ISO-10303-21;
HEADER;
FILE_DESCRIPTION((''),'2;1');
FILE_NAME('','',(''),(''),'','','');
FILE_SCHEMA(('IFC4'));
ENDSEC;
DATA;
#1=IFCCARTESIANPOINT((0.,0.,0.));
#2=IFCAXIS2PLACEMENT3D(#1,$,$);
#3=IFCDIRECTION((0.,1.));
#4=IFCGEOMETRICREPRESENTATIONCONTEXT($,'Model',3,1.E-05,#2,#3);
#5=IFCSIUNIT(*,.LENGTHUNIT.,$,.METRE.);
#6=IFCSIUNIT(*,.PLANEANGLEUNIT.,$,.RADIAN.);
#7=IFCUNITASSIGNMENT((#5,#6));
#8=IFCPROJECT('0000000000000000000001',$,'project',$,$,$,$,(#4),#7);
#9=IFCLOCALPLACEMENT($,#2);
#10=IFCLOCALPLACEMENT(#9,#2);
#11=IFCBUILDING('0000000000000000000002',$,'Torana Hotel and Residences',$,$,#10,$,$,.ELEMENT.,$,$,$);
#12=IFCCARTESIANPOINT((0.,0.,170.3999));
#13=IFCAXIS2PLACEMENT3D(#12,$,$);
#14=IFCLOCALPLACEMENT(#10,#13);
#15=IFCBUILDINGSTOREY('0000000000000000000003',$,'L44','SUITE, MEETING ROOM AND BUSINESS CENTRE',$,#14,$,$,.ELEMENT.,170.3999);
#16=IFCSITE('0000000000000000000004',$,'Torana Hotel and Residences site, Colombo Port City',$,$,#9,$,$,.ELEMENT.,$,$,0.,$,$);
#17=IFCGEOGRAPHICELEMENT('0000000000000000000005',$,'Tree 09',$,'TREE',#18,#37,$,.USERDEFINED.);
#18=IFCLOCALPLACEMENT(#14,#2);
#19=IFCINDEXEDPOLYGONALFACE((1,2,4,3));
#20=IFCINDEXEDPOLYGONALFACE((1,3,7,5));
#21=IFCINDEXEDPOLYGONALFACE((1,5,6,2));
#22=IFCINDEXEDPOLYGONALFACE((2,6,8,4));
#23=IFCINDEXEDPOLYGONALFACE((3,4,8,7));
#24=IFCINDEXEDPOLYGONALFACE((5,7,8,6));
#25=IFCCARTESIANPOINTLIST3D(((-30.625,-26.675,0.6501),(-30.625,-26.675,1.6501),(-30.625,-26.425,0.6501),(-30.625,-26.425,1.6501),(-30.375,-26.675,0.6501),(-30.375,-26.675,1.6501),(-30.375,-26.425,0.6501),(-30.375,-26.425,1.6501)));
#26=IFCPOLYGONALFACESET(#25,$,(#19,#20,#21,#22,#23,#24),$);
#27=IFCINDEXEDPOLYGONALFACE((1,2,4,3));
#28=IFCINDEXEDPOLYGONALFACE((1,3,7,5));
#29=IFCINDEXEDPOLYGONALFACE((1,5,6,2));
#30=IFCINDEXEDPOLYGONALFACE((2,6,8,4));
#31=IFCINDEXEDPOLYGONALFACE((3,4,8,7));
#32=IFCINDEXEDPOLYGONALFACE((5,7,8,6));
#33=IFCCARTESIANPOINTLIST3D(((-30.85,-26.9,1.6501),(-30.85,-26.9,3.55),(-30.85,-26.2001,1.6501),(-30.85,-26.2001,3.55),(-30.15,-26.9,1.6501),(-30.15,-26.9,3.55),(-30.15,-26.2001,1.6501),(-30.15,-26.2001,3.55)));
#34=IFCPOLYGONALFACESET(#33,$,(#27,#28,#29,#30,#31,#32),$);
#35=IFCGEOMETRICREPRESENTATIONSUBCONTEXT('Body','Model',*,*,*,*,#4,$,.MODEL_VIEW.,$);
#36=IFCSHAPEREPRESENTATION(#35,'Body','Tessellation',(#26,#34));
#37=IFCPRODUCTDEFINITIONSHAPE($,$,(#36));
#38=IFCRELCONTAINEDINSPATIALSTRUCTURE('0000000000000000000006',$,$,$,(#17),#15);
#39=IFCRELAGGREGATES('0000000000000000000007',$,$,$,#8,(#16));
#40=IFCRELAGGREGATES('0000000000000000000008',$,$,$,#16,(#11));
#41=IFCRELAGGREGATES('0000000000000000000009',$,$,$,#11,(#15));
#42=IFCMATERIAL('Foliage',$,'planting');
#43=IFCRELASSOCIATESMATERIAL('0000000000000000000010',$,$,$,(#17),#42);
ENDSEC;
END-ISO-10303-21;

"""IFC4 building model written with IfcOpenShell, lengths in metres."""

from ifc_helpers import new_model, si_unit, direction, frame, origin, origin_2d, place, context, subcontext, project, spatial, rectangle, extrude, material, element, save


model = new_model("IFC4")

# Units and contexts
model_context = context("Model", 3, precision=1e-05, world=origin(), true_north=direction((0.0, 1.0)))
body_context = subcontext(model_context, "Body", "Model", "MODEL_VIEW")
ifc_project = project(units=[si_unit("LENGTHUNIT", "METRE"), si_unit("PLANEANGLEUNIT", "RADIAN")], contexts=[model_context])

# Site, building, storey
site_placement = place(None, origin())
site = spatial("IfcSite", under=ifc_project, at=site_placement, Name="Torana Hotel and Residences site, Colombo Port City", CompositionType="ELEMENT", RefElevation=0.0)
building_placement = place(site_placement, origin())
building = spatial("IfcBuilding", under=site, at=building_placement, Name="Torana Hotel and Residences", CompositionType="ELEMENT")
storey_placement = place(building_placement, frame((0.0, 0.0, 170.3999)))
storey = spatial("IfcBuildingStorey", under=building, at=storey_placement, Name="L44", Description="SUITE, MEETING ROOM AND BUSINESS CENTRE", CompositionType="ELEMENT", Elevation=170.3999)

# Geographic element
ifc_material_1 = material(Name="Foliage", Category="planting")
geographic_element_placement = place(storey_placement, frame((-30.5, -26.55, 0.6501), z_axis=(0.0, 0.0, 1.0), x_axis=(1.0, 0.0, 0.0)))
element("IfcGeographicElement", 1, at=geographic_element_placement, inside=storey, material=ifc_material_1, Name="Tree 09", ObjectType="TREE", PredefinedType="USERDEFINED", context=body_context, shape_type="SweptSolid", body=[
    extrude(rectangle(XDim=0.25, YDim=0.25, at=origin_2d()), origin(), (0.0, 0.0, 1.0), 1.0),
    extrude(rectangle(XDim=0.7, YDim=0.7, at=origin_2d()), frame((0.0, 0.0, 1.0)), (0.0, 0.0, 1.0), 1.8999),
])

save(model, "model.ifc")
